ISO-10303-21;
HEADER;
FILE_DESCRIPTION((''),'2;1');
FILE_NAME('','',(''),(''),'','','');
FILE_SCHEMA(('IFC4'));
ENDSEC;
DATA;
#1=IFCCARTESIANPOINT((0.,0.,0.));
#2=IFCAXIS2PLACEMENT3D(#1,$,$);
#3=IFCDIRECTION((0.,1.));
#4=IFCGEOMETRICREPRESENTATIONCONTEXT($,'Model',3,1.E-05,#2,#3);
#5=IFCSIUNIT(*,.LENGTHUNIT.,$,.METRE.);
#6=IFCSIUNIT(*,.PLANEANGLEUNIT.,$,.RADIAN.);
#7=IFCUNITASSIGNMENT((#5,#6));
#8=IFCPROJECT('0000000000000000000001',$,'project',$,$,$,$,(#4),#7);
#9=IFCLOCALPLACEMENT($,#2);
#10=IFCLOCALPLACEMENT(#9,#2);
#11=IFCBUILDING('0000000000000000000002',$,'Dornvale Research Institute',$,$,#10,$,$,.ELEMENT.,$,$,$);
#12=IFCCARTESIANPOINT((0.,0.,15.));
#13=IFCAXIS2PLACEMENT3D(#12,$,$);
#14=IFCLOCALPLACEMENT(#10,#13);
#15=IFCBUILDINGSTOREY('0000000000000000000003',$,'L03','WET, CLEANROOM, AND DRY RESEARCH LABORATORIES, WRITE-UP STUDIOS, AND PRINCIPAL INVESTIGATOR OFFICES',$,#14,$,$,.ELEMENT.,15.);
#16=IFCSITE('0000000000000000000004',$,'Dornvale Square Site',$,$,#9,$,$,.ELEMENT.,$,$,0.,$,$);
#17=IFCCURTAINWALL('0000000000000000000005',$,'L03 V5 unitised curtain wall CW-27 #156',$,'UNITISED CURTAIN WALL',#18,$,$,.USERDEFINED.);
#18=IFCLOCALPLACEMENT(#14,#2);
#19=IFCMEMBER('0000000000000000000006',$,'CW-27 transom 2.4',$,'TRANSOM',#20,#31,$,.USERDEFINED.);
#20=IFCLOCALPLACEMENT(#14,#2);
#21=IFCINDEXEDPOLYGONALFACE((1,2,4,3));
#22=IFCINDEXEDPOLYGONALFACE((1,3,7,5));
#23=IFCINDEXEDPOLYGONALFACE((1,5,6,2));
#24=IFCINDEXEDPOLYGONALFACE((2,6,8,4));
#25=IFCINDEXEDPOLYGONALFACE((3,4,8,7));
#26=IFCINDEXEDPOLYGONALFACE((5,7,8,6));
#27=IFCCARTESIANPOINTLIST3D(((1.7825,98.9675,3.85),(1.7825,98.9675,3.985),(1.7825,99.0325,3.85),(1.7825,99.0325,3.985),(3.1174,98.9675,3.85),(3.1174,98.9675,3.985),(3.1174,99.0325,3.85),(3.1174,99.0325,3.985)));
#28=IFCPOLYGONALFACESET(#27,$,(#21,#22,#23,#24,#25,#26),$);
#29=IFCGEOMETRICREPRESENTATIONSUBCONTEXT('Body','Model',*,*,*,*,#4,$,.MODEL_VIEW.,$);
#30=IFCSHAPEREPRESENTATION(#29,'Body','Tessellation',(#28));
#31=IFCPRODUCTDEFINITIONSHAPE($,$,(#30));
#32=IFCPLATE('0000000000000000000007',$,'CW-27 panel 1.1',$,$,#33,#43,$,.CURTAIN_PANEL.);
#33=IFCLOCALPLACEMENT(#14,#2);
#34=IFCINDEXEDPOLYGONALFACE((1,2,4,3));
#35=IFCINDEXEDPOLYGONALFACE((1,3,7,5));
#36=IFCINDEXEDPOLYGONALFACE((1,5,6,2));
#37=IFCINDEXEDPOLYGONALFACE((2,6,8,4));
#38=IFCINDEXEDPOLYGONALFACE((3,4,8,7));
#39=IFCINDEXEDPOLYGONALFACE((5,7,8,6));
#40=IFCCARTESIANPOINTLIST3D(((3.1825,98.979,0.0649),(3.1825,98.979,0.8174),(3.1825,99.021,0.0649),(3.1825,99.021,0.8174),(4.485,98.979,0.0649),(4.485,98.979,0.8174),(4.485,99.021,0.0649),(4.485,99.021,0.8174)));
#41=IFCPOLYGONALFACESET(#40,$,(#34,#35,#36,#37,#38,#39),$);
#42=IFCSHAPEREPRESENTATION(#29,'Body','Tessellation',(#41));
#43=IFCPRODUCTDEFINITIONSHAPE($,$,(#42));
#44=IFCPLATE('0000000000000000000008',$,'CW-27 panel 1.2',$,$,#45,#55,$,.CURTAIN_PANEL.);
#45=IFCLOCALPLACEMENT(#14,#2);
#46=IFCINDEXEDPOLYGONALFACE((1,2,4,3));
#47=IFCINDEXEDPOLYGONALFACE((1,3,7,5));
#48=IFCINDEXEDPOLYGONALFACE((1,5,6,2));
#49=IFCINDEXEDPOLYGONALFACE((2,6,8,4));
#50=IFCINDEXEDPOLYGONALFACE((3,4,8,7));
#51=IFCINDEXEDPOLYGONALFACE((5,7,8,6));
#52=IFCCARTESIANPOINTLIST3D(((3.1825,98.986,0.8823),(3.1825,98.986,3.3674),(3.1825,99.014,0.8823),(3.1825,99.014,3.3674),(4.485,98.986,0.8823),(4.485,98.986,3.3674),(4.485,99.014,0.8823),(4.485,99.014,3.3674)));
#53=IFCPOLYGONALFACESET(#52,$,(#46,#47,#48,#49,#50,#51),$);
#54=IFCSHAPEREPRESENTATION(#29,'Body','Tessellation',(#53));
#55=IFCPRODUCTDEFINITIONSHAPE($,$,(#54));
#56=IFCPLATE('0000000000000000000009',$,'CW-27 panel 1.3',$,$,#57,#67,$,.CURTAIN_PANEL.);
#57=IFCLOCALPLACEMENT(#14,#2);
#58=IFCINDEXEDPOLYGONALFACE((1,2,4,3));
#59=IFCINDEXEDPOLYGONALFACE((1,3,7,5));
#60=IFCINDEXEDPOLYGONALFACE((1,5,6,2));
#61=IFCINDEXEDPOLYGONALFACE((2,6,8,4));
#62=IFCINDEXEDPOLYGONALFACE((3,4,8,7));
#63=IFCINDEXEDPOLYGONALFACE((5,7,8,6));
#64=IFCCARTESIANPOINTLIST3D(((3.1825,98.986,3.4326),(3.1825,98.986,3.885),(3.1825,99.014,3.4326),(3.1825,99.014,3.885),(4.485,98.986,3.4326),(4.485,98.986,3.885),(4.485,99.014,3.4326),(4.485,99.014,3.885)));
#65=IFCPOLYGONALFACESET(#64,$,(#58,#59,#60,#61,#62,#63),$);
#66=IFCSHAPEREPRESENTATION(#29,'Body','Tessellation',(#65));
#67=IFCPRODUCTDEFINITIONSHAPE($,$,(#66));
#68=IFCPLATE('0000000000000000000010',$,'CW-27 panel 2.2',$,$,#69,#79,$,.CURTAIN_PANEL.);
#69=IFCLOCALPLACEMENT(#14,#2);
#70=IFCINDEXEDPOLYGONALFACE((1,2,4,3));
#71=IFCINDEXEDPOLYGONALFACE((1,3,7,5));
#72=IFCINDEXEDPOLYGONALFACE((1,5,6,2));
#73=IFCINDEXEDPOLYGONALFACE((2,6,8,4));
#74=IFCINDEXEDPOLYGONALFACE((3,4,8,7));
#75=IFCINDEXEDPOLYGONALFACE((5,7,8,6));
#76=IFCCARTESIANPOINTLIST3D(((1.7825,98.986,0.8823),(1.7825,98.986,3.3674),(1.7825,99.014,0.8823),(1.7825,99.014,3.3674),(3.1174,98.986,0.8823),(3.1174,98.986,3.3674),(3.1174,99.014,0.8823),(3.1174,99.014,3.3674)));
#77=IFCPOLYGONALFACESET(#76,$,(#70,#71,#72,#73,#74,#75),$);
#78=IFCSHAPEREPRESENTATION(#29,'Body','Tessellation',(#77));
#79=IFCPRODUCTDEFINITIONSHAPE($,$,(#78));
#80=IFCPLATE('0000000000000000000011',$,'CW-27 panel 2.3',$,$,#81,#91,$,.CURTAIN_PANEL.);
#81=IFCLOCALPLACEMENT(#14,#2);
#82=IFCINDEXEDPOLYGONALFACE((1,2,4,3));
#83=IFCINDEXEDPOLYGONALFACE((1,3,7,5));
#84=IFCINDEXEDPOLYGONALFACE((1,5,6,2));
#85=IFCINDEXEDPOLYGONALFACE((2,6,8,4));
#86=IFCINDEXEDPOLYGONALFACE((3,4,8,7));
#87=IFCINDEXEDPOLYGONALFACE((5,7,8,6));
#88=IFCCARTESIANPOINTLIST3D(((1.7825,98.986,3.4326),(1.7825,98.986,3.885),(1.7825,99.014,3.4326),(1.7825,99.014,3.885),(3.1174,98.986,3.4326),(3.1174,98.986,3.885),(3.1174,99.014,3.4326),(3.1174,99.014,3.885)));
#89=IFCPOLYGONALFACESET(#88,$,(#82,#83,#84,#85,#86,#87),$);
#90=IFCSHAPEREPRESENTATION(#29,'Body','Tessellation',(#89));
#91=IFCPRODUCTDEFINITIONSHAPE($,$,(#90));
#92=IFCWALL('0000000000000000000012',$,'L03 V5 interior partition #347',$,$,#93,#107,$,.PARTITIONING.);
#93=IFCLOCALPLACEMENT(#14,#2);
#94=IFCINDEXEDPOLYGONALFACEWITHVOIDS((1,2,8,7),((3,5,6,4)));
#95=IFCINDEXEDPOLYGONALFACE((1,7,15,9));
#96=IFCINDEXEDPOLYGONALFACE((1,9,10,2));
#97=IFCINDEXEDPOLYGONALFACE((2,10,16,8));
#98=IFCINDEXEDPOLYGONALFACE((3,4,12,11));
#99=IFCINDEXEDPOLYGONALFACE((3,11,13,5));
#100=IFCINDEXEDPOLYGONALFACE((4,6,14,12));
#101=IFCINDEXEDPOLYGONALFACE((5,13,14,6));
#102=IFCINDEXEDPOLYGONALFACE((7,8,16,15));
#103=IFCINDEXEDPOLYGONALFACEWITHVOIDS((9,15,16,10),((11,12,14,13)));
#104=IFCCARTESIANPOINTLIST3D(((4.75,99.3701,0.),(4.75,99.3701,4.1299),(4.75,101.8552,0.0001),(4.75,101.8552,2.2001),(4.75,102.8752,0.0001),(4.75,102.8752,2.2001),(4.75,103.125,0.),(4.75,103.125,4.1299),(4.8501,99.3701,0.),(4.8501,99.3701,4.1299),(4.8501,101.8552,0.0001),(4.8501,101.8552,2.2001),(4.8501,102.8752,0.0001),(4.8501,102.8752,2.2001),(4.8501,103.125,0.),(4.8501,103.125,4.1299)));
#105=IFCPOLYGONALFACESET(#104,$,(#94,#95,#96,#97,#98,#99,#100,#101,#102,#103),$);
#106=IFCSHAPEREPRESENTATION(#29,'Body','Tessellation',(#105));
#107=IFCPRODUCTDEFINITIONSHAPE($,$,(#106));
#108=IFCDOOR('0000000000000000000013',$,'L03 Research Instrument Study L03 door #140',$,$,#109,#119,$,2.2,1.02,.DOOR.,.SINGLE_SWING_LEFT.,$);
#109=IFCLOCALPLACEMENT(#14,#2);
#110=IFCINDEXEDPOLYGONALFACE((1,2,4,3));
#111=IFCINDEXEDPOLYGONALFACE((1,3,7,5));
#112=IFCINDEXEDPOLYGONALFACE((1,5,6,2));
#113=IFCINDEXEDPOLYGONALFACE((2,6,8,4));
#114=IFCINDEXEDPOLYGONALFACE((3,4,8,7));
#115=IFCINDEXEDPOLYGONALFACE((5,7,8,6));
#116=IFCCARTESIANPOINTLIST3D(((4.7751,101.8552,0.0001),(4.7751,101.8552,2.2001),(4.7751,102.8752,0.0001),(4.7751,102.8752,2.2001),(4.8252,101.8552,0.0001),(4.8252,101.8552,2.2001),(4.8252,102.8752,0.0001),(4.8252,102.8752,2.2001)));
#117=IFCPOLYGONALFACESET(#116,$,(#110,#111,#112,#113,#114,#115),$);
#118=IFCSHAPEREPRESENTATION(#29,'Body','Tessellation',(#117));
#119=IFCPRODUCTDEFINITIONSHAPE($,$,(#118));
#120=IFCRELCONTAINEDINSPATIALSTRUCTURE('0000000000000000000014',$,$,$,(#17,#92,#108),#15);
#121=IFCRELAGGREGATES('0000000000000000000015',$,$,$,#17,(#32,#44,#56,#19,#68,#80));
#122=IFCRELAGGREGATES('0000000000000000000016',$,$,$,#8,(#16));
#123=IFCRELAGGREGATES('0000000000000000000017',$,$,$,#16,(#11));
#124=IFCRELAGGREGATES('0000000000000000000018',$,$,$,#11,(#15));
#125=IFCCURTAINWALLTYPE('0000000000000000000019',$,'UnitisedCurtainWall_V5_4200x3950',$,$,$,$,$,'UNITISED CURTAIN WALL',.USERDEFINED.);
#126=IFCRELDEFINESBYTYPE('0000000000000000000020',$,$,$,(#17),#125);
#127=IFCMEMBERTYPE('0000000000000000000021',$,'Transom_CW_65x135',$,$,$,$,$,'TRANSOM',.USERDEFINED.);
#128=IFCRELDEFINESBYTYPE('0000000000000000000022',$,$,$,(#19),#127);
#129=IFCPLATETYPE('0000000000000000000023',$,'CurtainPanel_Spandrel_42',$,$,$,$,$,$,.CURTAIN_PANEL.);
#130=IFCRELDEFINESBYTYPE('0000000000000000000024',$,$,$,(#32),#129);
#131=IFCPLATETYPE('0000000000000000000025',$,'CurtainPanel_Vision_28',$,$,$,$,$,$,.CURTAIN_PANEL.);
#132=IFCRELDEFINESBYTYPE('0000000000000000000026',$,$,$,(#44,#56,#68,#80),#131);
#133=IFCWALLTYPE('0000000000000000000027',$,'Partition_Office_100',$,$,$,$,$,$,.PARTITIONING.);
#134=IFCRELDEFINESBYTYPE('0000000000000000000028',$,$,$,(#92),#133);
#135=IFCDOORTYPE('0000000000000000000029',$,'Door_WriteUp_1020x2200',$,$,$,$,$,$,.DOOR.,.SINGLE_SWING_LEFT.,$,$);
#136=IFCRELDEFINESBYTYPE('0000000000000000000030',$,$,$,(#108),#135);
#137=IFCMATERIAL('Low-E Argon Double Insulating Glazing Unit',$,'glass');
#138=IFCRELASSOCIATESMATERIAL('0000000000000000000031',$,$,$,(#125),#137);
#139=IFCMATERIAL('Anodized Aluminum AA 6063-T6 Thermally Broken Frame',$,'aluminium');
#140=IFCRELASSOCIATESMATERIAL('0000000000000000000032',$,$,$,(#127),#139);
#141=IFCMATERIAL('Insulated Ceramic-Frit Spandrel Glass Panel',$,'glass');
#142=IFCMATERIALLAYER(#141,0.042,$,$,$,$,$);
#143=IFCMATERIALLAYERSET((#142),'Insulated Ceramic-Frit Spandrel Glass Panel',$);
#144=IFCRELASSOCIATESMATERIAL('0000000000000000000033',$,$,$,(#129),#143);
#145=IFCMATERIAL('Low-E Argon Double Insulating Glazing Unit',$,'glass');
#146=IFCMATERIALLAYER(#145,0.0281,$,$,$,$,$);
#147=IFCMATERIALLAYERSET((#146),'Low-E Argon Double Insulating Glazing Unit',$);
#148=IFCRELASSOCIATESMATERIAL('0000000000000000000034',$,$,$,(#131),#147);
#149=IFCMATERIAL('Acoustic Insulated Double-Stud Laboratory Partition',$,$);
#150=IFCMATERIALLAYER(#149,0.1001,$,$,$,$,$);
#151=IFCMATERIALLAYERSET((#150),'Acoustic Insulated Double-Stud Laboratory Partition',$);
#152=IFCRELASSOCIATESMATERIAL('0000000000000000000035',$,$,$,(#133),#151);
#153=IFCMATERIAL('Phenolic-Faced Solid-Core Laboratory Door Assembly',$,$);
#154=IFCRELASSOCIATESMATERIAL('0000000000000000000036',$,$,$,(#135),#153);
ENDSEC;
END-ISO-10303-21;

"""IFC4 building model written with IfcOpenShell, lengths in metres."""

from ifc_helpers import new_model, si_unit, direction, frame, frame_2d, origin, origin_2d, place, context, subcontext, project, spatial, rectangle, extrude, material, layer, layer_set, material_profile, profile_set, type_object, element, fill, aggregate, save


model = new_model("IFC4")

# Units and contexts
model_context = context("Model", 3, precision=1e-05, world=origin(), true_north=direction((0.0, 1.0)))
body_context = subcontext(model_context, "Body", "Model", "MODEL_VIEW")
ifc_project = project(units=[si_unit("LENGTHUNIT", "METRE"), si_unit("PLANEANGLEUNIT", "RADIAN")], contexts=[model_context])

# Site, building, storey
site_placement = place(None, origin())
site = spatial("IfcSite", under=ifc_project, at=site_placement, Name="Dornvale Square Site", CompositionType="ELEMENT", RefElevation=0.0)
building_placement = place(site_placement, origin())
building = spatial("IfcBuilding", under=site, at=building_placement, Name="Dornvale Research Institute", CompositionType="ELEMENT")
storey_placement = place(building_placement, frame((0.0, 0.0, 15.0)))
storey = spatial("IfcBuildingStorey", under=building, at=storey_placement, Name="L03", Description="WET, CLEANROOM, AND DRY RESEARCH LABORATORIES, WRITE-UP STUDIOS, AND PRINCIPAL INVESTIGATOR OFFICES", CompositionType="ELEMENT", Elevation=15.0)

# Curtain wall
ifc_material_1 = material(Name="Low-E Argon Double Insulating Glazing Unit", Category="glass")
curtain_wall_type = type_object("IfcCurtainWallType", Name="UnitisedCurtainWall_V5_4200x3950", ElementType="UNITISED CURTAIN WALL", PredefinedType="USERDEFINED", material=ifc_material_1)
curtain_wall_placement = place(storey_placement, origin())
curtain_wall = element("IfcCurtainWall", 1, at=curtain_wall_placement, inside=storey, type_object=curtain_wall_type, Name="L03 V5 unitised curtain wall CW-27 #156", ObjectType="UNITISED CURTAIN WALL", PredefinedType="USERDEFINED")

# Member
ifc_material_2 = material(Name="Anodized Aluminum AA 6063-T6 Thermally Broken Frame", Category="aluminium")
ifc_material_profile_1 = material_profile(ifc_material_2, rectangle(XDim=0.0649, YDim=0.135, at=origin_2d()), Name="ALU TRANSOM 65x135")
ifc_profile_set_1 = profile_set([ifc_material_profile_1], Name="Anodized Aluminum AA 6063-T6 Thermally Broken Frame")
member_type_1 = type_object("IfcMemberType", Name="Transom_CW_65x135", ElementType="TRANSOM", PredefinedType="USERDEFINED", material=ifc_profile_set_1)
member_1_placement = place(storey_placement, frame((3.1174, 99.0, 3.9175), z_axis=(-1.0, 0.0, 0.0), x_axis=(0.0, -1.0, 0.0)))
member_1 = element("IfcMember", 2, at=member_1_placement, type_object=member_type_1, Name="CW-27 transom 2.4", ObjectType="TRANSOM", PredefinedType="USERDEFINED", context=body_context, shape_type="SweptSolid", body=[
    extrude(rectangle(XDim=0.0649, YDim=0.135, at=origin_2d()), origin(), (0.0, 0.0, 1.0), 1.335),
])

# Plates
ifc_material_3 = material(Name="Insulated Ceramic-Frit Spandrel Glass Panel", Category="glass")
ifc_layer_1 = layer(ifc_material_3, 0.042)
ifc_layer_set_1 = layer_set([ifc_layer_1], Name="Insulated Ceramic-Frit Spandrel Glass Panel")
plate_type_1 = type_object("IfcPlateType", Name="CurtainPanel_Spandrel_42", PredefinedType="CURTAIN_PANEL", material=ifc_layer_set_1)
plate_1_placement = place(storey_placement, frame((3.8337, 99.0, 0.0649), z_axis=(0.0, 0.0, 1.0), x_axis=(-1.0, 0.0, 0.0)))
plate_1 = element("IfcPlate", 3, at=plate_1_placement, type_object=plate_type_1, Name="CW-27 panel 1.1", PredefinedType="CURTAIN_PANEL", context=body_context, shape_type="SweptSolid", body=[
    extrude(rectangle(XDim=1.3025, YDim=0.042, at=origin_2d()), origin(), (0.0, 0.0, 1.0), 0.7524),
])
ifc_material_4 = material(Name="Low-E Argon Double Insulating Glazing Unit", Category="glass")
ifc_layer_2 = layer(ifc_material_4, 0.0281)
ifc_layer_set_2 = layer_set([ifc_layer_2], Name="Low-E Argon Double Insulating Glazing Unit")
plate_type_2 = type_object("IfcPlateType", Name="CurtainPanel_Vision_28", PredefinedType="CURTAIN_PANEL", material=ifc_layer_set_2)
plate_2_placement = place(storey_placement, frame((3.8337, 99.0, 0.8823), z_axis=(0.0, 0.0, 1.0), x_axis=(-1.0, 0.0, 0.0)))
plate_2 = element("IfcPlate", 4, at=plate_2_placement, type_object=plate_type_2, Name="CW-27 panel 1.2", PredefinedType="CURTAIN_PANEL", context=body_context, shape_type="SweptSolid", body=[
    extrude(rectangle(XDim=1.3025, YDim=0.0281, at=origin_2d()), origin(), (0.0, 0.0, 1.0), 2.4851),
])
plate_3_placement = place(storey_placement, frame((3.8337, 99.0, 3.4326), z_axis=(0.0, 0.0, 1.0), x_axis=(-1.0, 0.0, 0.0)))
plate_3 = element("IfcPlate", 5, at=plate_3_placement, type_object=plate_type_2, Name="CW-27 panel 1.3", PredefinedType="CURTAIN_PANEL", context=body_context, shape_type="SweptSolid", body=[
    extrude(rectangle(XDim=1.3025, YDim=0.0281, at=origin_2d()), origin(), (0.0, 0.0, 1.0), 0.4524),
])
plate_4_placement = place(storey_placement, frame((2.45, 99.0, 0.8823), z_axis=(0.0, 0.0, 1.0), x_axis=(-1.0, 0.0, 0.0)))
plate_4 = element("IfcPlate", 6, at=plate_4_placement, type_object=plate_type_2, Name="CW-27 panel 2.2", PredefinedType="CURTAIN_PANEL", context=body_context, shape_type="SweptSolid", body=[
    extrude(rectangle(XDim=1.335, YDim=0.0281, at=origin_2d()), origin(), (0.0, 0.0, 1.0), 2.4851),
])
plate_5_placement = place(storey_placement, frame((2.45, 99.0, 3.4326), z_axis=(0.0, 0.0, 1.0), x_axis=(-1.0, 0.0, 0.0)))
plate_5 = element("IfcPlate", 7, at=plate_5_placement, type_object=plate_type_2, Name="CW-27 panel 2.3", PredefinedType="CURTAIN_PANEL", context=body_context, shape_type="SweptSolid", body=[
    extrude(rectangle(XDim=1.335, YDim=0.0281, at=origin_2d()), origin(), (0.0, 0.0, 1.0), 0.4524),
])
aggregate(curtain_wall, [plate_1, plate_2, plate_3, member_1, plate_4, plate_5])

# Wall, opening, door
ifc_material_5 = material(Name="Acoustic Insulated Double-Stud Laboratory Partition")
ifc_layer_3 = layer(ifc_material_5, 0.1001)
ifc_layer_set_3 = layer_set([ifc_layer_3], Name="Acoustic Insulated Double-Stud Laboratory Partition")
wall_type = type_object("IfcWallType", Name="Partition_Office_100", PredefinedType="PARTITIONING", material=ifc_layer_set_3)
wall_placement = place(storey_placement, frame((4.8, 99.3701, 0.0), z_axis=(0.0, 0.0, 1.0), x_axis=(0.0, 1.0, 0.0)))
wall = element("IfcWall", 8, at=wall_placement, inside=storey, type_object=wall_type, Name="L03 V5 interior partition #347", PredefinedType="PARTITIONING", context=body_context, shape_type="SweptSolid", body=[
    extrude(rectangle(XDim=3.7549, YDim=0.1001, at=frame_2d((1.8774, 0.0))), origin(), (0.0, 0.0, 1.0), 4.1299),
])
opening_placement = place(wall_placement, frame((2.4851, 0.0, 0.0)))
opening = element("IfcOpeningElement", 9, at=opening_placement, cuts=wall, PredefinedType="OPENING", context=body_context, shape_type="SweptSolid", body=[
    extrude(rectangle(XDim=1.02, YDim=2.2, at=frame_2d((0.51, 1.1001))), frame((0.0, 0.0649, 0.0), z_axis=(0.0, -1.0, 0.0), x_axis=(1.0, 0.0, 0.0)), (0.0, 0.0, 1.0), 0.1301),
])
ifc_material_6 = material(Name="Phenolic-Faced Solid-Core Laboratory Door Assembly")
door_type = type_object("IfcDoorType", Name="Door_WriteUp_1020x2200", OperationType="SINGLE_SWING_LEFT", PredefinedType="DOOR", material=ifc_material_6)
door_placement = place(opening_placement, origin())
door = element("IfcDoor", 10, at=door_placement, inside=storey, type_object=door_type, Name="L03 Research Instrument Study L03 door #140", OperationType="SINGLE_SWING_LEFT", OverallHeight=2.2, OverallWidth=1.02, PredefinedType="DOOR", context=body_context, shape_type="SweptSolid", body=[
    extrude(rectangle(XDim=1.02, YDim=2.2, at=frame_2d((0.51, 1.1001))), frame((0.0, 0.0249, 0.0), z_axis=(0.0, -1.0, 0.0), x_axis=(1.0, 0.0, 0.0)), (0.0, 0.0, 1.0), 0.05),
])
fill(opening, door)

save(model, "model.ifc")
